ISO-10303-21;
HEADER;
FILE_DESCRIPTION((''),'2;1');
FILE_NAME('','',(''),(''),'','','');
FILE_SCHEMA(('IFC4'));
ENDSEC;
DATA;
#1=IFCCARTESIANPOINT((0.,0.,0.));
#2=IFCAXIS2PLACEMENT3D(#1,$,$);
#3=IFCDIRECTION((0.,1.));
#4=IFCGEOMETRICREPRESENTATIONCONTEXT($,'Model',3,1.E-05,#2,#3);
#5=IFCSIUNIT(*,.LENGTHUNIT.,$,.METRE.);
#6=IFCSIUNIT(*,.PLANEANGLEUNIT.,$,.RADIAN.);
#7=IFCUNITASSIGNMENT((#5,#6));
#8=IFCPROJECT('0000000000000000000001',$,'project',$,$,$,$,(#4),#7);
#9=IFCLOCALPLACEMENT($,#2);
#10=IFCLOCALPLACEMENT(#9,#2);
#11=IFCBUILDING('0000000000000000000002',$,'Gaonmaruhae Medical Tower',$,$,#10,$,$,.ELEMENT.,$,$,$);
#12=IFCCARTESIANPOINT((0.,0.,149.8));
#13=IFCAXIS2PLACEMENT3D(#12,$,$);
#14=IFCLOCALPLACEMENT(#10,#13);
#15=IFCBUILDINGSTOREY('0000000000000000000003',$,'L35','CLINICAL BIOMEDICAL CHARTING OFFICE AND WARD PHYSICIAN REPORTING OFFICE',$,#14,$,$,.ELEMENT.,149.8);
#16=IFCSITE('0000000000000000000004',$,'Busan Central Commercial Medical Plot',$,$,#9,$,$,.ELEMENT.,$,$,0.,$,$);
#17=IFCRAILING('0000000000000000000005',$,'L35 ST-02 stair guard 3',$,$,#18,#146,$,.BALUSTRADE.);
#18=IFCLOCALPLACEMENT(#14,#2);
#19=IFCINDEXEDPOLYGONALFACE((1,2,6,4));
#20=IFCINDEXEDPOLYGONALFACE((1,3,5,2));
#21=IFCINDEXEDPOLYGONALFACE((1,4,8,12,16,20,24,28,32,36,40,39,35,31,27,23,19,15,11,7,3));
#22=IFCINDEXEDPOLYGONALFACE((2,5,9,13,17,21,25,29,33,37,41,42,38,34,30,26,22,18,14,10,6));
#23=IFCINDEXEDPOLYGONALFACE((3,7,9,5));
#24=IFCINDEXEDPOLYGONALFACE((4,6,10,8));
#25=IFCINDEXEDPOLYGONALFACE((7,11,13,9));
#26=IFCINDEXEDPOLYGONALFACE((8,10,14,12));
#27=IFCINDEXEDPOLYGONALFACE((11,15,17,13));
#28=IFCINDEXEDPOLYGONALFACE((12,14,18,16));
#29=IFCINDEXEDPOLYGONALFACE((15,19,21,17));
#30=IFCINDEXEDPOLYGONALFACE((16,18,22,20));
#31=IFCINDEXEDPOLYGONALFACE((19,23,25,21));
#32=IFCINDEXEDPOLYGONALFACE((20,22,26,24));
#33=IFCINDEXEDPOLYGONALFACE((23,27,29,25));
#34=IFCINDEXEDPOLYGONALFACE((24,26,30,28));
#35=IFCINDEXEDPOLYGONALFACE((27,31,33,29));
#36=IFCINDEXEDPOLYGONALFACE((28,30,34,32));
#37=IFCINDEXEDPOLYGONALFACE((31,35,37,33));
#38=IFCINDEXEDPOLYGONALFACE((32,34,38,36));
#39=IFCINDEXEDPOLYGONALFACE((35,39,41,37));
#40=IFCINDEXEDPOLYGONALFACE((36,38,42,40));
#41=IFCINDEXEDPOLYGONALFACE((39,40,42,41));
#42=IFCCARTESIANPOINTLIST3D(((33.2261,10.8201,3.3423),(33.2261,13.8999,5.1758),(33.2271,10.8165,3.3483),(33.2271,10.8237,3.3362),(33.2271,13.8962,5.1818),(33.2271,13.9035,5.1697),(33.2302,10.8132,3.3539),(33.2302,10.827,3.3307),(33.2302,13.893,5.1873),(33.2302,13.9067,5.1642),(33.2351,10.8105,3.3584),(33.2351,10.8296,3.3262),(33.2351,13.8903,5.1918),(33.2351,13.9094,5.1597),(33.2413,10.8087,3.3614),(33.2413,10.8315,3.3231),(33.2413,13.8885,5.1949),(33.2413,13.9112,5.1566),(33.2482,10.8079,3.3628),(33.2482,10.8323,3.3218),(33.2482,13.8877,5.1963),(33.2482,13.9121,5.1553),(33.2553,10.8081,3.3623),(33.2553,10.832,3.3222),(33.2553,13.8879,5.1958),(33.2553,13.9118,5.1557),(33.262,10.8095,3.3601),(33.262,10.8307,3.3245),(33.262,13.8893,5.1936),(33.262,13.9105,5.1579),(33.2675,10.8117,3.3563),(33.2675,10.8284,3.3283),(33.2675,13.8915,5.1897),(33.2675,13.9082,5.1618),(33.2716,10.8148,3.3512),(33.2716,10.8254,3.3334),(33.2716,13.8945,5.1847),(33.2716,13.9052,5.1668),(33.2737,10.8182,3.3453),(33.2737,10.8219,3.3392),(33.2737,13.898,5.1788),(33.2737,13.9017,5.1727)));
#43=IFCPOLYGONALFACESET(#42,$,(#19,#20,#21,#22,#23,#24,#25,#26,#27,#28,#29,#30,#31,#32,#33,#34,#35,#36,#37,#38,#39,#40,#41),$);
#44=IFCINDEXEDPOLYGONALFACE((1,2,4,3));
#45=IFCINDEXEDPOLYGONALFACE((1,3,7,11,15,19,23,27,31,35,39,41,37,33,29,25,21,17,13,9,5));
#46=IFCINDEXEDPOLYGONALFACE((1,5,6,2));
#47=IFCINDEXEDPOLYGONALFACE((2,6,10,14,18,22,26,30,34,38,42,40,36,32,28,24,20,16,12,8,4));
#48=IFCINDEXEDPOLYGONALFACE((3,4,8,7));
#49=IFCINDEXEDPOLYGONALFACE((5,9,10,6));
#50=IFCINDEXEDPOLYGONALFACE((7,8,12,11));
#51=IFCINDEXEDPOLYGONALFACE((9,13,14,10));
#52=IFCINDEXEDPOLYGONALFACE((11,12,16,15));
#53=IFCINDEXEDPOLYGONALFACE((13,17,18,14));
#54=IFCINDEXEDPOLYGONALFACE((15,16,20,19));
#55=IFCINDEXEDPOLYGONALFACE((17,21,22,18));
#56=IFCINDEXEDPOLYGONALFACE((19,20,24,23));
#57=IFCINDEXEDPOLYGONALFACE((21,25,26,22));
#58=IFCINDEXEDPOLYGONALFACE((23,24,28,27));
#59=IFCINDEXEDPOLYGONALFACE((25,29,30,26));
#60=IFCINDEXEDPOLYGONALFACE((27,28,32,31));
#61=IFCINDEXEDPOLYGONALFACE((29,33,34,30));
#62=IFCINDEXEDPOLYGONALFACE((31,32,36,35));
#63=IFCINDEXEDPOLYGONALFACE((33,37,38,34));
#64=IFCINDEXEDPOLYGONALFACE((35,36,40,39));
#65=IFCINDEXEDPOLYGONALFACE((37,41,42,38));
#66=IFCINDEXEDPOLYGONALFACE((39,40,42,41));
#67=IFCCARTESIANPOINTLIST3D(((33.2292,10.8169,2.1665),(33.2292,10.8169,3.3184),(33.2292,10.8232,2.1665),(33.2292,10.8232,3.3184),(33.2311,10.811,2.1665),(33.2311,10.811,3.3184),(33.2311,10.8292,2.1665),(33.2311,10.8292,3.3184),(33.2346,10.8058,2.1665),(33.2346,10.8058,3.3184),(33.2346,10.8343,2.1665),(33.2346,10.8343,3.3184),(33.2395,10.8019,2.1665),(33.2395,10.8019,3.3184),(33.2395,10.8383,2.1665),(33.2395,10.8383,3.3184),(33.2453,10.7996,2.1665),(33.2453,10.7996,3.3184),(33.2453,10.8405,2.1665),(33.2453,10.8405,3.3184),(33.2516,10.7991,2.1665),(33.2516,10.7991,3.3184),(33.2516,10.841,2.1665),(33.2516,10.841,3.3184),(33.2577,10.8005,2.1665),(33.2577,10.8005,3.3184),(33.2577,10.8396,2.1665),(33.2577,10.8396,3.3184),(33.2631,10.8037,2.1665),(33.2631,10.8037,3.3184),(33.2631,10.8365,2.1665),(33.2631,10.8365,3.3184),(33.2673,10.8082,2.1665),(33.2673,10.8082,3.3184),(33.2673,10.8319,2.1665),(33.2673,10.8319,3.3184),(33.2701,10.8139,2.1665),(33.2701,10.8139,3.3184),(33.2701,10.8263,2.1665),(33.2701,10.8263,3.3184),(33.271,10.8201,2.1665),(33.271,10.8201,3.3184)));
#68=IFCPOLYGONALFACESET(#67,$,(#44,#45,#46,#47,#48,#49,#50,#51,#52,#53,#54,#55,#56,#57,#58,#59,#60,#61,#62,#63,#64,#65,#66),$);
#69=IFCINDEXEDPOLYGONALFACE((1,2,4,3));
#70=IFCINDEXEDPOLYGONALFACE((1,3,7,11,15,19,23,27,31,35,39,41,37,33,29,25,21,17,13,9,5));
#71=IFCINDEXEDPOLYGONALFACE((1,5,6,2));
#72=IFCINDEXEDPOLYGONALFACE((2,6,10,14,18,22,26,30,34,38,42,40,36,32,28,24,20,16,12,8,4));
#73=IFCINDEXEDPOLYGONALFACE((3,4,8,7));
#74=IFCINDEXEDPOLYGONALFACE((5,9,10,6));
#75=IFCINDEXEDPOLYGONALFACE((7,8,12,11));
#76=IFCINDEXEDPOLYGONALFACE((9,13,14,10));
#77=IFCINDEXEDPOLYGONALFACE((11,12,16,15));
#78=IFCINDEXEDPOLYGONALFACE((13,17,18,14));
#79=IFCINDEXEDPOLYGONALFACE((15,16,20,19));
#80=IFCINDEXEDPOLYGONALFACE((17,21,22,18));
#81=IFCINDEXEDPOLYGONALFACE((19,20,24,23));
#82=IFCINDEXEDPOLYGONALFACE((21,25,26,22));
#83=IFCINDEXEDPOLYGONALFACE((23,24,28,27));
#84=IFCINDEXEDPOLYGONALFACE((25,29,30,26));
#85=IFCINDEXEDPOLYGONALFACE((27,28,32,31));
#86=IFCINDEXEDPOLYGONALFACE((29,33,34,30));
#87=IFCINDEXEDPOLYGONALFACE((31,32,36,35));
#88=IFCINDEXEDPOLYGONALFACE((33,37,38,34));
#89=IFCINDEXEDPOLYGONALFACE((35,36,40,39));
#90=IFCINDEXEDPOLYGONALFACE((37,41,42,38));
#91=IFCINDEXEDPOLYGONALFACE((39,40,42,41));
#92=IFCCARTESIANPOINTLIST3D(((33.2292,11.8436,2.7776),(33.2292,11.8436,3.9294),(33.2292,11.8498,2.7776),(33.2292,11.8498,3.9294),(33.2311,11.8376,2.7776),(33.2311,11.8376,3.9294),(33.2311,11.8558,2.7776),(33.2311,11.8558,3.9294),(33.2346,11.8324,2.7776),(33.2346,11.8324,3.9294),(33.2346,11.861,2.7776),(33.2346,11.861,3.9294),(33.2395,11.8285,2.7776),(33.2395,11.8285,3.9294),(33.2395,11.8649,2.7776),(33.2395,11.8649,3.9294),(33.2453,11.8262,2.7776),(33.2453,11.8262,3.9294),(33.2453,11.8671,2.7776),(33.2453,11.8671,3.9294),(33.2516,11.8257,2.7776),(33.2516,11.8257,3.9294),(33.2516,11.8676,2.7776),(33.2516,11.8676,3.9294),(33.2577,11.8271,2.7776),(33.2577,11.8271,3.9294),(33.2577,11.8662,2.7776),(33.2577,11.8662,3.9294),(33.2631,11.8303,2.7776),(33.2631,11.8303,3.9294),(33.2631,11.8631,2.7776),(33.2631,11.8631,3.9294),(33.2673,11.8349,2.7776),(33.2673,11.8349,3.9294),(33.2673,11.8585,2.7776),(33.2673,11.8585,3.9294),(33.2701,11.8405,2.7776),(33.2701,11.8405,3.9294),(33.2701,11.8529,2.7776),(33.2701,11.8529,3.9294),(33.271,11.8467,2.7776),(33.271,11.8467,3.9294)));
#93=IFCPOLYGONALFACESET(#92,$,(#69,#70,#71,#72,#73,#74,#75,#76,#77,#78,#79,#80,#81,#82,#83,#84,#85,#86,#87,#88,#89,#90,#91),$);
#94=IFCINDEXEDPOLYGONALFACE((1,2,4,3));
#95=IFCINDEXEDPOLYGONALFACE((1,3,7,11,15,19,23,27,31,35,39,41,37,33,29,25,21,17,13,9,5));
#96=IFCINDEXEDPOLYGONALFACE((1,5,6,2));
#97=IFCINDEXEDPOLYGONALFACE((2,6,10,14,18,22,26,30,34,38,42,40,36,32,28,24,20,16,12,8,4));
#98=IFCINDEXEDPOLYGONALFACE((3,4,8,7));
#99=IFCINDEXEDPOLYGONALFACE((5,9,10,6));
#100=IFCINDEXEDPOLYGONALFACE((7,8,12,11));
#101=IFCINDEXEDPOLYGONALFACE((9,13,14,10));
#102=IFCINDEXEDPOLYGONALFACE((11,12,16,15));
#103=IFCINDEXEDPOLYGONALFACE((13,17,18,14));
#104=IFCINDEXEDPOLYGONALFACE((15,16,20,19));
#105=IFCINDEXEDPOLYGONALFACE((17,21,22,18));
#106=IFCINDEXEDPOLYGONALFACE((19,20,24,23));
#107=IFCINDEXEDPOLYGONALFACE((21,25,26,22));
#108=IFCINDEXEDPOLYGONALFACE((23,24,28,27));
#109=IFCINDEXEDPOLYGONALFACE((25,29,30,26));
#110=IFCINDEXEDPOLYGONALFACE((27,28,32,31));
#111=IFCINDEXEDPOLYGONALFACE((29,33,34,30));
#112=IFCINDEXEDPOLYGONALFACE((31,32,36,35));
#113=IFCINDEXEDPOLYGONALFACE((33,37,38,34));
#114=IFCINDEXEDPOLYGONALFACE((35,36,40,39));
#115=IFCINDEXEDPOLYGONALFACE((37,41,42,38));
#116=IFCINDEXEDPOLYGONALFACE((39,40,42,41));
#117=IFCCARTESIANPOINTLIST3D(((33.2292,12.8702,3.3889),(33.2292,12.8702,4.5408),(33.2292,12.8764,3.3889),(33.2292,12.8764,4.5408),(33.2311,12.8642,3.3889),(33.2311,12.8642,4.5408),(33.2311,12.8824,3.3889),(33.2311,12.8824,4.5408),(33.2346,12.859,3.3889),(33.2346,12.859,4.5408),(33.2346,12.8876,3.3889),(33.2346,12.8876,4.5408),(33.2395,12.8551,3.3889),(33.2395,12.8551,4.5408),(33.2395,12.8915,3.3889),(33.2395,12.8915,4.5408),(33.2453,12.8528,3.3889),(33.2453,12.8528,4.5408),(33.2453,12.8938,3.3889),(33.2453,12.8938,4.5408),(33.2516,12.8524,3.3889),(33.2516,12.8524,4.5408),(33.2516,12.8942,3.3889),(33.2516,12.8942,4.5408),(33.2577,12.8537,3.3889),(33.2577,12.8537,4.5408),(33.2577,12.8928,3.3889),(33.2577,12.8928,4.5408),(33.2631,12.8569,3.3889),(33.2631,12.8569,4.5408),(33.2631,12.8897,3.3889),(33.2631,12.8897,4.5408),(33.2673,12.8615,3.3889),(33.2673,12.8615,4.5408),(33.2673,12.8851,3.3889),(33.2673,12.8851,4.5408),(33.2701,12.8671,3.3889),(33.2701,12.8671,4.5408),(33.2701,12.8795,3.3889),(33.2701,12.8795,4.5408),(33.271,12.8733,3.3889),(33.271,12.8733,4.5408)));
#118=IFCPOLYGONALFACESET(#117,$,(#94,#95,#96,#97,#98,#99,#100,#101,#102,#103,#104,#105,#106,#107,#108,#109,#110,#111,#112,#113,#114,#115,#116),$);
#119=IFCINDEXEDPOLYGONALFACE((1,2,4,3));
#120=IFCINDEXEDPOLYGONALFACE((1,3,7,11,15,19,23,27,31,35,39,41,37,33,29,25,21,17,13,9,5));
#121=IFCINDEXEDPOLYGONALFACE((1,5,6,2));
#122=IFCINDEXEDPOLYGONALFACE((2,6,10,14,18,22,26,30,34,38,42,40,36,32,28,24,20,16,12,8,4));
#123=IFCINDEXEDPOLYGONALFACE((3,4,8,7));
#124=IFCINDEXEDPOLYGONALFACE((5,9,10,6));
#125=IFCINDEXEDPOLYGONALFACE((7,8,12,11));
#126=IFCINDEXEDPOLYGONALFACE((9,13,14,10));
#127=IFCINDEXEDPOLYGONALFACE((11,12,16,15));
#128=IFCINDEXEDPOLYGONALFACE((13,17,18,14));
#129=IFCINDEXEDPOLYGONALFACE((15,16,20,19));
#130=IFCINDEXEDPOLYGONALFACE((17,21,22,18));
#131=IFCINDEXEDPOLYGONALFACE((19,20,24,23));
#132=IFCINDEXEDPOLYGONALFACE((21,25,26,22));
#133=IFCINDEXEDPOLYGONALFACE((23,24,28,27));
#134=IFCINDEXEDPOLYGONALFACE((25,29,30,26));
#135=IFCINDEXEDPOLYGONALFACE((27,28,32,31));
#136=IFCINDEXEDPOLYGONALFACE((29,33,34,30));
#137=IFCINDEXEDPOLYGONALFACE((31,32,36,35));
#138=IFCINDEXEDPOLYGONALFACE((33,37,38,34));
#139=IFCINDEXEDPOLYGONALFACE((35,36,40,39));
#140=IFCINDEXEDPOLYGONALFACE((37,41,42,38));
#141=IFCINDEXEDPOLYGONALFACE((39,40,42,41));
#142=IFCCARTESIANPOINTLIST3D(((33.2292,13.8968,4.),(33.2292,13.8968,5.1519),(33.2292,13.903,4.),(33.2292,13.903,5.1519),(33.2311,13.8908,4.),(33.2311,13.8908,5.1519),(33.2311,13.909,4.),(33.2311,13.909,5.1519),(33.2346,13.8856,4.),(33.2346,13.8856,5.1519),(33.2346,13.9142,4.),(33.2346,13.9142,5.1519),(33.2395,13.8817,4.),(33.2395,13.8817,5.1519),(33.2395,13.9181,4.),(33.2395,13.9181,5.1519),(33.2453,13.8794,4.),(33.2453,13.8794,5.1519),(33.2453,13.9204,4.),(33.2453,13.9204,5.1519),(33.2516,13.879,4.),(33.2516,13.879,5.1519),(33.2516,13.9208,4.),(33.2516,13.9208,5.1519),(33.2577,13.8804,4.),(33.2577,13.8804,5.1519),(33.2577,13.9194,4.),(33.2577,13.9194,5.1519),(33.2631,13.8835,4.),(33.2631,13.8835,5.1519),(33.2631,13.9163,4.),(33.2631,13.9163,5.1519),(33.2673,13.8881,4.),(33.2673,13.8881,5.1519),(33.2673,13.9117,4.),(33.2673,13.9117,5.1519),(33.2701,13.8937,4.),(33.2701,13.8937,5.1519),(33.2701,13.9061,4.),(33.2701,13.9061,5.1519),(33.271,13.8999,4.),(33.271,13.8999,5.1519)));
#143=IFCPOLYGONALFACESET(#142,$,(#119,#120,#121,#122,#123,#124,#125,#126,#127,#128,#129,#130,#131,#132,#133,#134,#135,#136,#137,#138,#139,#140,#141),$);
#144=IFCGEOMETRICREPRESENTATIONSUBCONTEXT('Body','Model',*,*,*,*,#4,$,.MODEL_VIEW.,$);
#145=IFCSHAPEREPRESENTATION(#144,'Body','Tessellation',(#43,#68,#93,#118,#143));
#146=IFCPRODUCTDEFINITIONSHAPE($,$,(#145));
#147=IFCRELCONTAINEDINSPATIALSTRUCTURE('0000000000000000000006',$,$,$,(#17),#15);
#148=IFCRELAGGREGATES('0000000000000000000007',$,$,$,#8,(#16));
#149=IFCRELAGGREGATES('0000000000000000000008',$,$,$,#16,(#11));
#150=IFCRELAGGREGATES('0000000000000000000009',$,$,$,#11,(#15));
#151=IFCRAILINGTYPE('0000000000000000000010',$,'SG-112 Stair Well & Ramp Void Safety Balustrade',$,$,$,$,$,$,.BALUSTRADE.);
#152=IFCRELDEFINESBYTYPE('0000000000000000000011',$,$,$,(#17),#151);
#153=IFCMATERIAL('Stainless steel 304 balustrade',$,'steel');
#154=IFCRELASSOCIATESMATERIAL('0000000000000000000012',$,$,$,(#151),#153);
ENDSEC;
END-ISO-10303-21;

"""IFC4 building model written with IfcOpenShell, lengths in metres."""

from ifc_helpers import new_model, si_unit, direction, frame, origin, origin_2d, place, context, subcontext, project, spatial, circle, extrude, material, type_object, element, save


model = new_model("IFC4")

# Units and contexts
model_context = context("Model", 3, precision=1e-05, world=origin(), true_north=direction((0.0, 1.0)))
body_context = subcontext(model_context, "Body", "Model", "MODEL_VIEW")
ifc_project = project(units=[si_unit("LENGTHUNIT", "METRE"), si_unit("PLANEANGLEUNIT", "RADIAN")], contexts=[model_context])

# Site, building, storey
site_placement = place(None, origin())
site = spatial("IfcSite", under=ifc_project, at=site_placement, Name="Busan Central Commercial Medical Plot", CompositionType="ELEMENT", RefElevation=0.0)
building_placement = place(site_placement, origin())
building = spatial("IfcBuilding", under=site, at=building_placement, Name="Gaonmaruhae Medical Tower", CompositionType="ELEMENT")
storey_placement = place(building_placement, frame((0.0, 0.0, 149.8)))
storey = spatial("IfcBuildingStorey", under=building, at=storey_placement, Name="L35", Description="CLINICAL BIOMEDICAL CHARTING OFFICE AND WARD PHYSICIAN REPORTING OFFICE", CompositionType="ELEMENT", Elevation=149.8)

# Railing
ifc_material_1 = material(Name="Stainless steel 304 balustrade", Category="steel")
railing_type_1 = type_object("IfcRailingType", Name="SG-112 Stair Well & Ramp Void Safety Balustrade", PredefinedType="BALUSTRADE", material=ifc_material_1)
railing_1_placement = place(storey_placement, frame((33.25, 10.8201, 2.1665)))
element("IfcRailing", 1, at=railing_1_placement, inside=storey, type_object=railing_type_1, Name="L35 ST-02 stair guard 3", PredefinedType="BALUSTRADE", context=body_context, shape_type="SweptSolid", body=[
    extrude(circle(Radius=0.0239, at=origin_2d()), frame((0.0, 0.0, 1.1758), z_axis=(0.0, 0.859261, 0.511538), x_axis=(-1.0, 0.0, 0.0)), (0.0, 0.0, 1.0), 3.5842),
    extrude(circle(Radius=0.021, at=origin_2d()), origin(), (0.0, 0.0, 1.0), 1.1519),
    extrude(circle(Radius=0.021, at=origin_2d()), frame((0.0, 1.0266, 0.6111)), (0.0, 0.0, 1.0), 1.1519),
    extrude(circle(Radius=0.021, at=origin_2d()), frame((0.0, 2.0532, 1.2224)), (0.0, 0.0, 1.0), 1.1519),
    extrude(circle(Radius=0.021, at=origin_2d()), frame((0.0, 3.0798, 1.8335)), (0.0, 0.0, 1.0), 1.1519),
])

save(model, "model.ifc")
